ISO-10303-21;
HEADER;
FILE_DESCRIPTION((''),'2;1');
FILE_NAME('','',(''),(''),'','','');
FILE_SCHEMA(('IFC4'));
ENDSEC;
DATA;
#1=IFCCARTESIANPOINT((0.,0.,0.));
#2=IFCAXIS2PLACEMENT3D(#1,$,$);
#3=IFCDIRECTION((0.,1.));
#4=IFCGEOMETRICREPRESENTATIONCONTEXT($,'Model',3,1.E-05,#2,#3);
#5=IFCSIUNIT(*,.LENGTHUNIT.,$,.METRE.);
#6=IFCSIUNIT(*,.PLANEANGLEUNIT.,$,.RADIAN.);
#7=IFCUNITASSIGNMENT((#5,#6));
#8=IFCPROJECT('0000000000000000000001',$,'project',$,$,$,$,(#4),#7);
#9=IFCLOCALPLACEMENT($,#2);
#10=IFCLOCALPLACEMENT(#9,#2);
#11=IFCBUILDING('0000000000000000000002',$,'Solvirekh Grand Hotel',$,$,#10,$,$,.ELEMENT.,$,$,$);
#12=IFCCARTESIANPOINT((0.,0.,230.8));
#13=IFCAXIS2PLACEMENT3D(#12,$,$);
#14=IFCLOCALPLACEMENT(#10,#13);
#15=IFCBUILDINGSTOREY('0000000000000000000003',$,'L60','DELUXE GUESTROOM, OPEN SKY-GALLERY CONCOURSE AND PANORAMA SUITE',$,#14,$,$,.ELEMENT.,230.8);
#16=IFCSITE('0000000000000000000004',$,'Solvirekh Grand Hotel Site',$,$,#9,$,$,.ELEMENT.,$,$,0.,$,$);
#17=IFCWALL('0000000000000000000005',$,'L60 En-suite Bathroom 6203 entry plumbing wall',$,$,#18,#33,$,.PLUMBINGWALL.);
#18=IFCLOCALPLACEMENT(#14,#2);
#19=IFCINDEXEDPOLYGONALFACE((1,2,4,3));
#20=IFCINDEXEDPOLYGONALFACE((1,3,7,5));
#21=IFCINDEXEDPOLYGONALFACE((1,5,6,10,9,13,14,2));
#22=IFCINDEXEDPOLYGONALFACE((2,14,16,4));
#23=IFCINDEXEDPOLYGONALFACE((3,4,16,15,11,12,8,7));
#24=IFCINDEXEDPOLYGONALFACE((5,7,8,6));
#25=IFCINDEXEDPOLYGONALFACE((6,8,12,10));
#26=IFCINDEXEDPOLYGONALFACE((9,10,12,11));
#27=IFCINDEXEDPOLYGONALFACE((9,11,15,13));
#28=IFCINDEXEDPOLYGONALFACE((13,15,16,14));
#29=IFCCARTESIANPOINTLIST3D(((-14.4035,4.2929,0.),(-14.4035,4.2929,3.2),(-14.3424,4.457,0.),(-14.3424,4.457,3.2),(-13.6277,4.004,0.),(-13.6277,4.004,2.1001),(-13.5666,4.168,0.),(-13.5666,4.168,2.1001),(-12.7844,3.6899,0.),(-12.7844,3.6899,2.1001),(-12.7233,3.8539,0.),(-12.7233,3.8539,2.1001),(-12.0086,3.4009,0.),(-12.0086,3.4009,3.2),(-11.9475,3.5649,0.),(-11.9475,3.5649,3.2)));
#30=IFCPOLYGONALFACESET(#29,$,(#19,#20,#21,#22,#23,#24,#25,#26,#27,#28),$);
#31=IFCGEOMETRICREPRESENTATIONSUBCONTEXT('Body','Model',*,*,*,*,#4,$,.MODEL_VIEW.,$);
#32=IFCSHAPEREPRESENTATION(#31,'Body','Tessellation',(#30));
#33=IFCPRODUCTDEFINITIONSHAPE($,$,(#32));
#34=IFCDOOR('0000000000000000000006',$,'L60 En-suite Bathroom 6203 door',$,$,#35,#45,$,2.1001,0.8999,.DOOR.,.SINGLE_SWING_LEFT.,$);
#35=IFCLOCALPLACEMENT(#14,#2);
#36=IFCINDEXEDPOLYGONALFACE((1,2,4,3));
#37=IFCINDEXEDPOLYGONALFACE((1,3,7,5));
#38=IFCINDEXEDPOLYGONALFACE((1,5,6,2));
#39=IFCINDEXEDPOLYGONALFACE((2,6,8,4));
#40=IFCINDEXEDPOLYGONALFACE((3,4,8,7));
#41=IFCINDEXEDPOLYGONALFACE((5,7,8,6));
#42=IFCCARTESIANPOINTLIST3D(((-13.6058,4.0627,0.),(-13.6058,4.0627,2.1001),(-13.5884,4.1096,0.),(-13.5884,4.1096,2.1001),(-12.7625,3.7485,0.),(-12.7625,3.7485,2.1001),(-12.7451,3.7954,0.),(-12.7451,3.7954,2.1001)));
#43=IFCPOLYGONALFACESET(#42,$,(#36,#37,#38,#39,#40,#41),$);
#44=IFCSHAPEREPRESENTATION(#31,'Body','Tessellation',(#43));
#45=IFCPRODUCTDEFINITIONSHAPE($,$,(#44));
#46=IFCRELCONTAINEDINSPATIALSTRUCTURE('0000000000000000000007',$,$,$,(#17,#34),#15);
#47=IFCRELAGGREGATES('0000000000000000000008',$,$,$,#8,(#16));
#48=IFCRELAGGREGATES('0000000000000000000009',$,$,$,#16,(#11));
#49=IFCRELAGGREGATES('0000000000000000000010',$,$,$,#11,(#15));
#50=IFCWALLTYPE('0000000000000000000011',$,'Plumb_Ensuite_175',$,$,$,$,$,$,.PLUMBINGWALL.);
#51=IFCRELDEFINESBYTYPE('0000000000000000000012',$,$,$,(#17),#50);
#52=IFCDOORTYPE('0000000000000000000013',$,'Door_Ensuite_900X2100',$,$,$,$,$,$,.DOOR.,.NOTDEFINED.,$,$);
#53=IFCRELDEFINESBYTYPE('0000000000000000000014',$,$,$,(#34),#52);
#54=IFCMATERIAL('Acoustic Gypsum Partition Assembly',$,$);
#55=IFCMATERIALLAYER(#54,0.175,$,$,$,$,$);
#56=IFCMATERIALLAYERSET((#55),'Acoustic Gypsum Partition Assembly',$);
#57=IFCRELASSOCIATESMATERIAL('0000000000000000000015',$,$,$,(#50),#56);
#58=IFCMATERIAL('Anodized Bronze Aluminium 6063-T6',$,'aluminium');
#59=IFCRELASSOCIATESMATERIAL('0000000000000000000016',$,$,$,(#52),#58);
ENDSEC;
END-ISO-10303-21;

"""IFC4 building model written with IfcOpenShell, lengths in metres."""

from ifc_helpers import new_model, si_unit, direction, frame, frame_2d, origin, place, context, subcontext, project, spatial, rectangle, extrude, material, layer, layer_set, type_object, element, fill, save


model = new_model("IFC4")

# Units and contexts
model_context = context("Model", 3, precision=1e-05, world=origin(), true_north=direction((0.0, 1.0)))
body_context = subcontext(model_context, "Body", "Model", "MODEL_VIEW")
ifc_project = project(units=[si_unit("LENGTHUNIT", "METRE"), si_unit("PLANEANGLEUNIT", "RADIAN")], contexts=[model_context])

# Site, building, storey
site_placement = place(None, origin())
site = spatial("IfcSite", under=ifc_project, at=site_placement, Name="Solvirekh Grand Hotel Site", CompositionType="ELEMENT", RefElevation=0.0)
building_placement = place(site_placement, origin())
building = spatial("IfcBuilding", under=site, at=building_placement, Name="Solvirekh Grand Hotel", CompositionType="ELEMENT")
storey_placement = place(building_placement, frame((0.0, 0.0, 230.8)))
storey = spatial("IfcBuildingStorey", under=building, at=storey_placement, Name="L60", Description="DELUXE GUESTROOM, OPEN SKY-GALLERY CONCOURSE AND PANORAMA SUITE", CompositionType="ELEMENT", Elevation=230.8)

# Shared definitions
ifc_material_1 = material(Name="Anodized Bronze Aluminium 6063-T6", Category="aluminium")

# Shared definitions
ifc_material_2 = material(Name="Acoustic Gypsum Partition Assembly")

# Shared definitions
ifc_layer_1 = layer(ifc_material_2, 0.175)
ifc_layer_set_1 = layer_set([ifc_layer_1], Name="Acoustic Gypsum Partition Assembly")
wall_type_1 = type_object("IfcWallType", Name="Plumb_Ensuite_175", PredefinedType="PLUMBINGWALL", material=ifc_layer_set_1)

# Wall, opening, door
wall_1_placement = place(storey_placement, frame((-11.978, 3.4829, 0.0), z_axis=(0.0, 0.0, 1.0), x_axis=(-0.937104, 0.34905, 0.0)))
wall_1 = element("IfcWall", 1, at=wall_1_placement, inside=storey, type_object=wall_type_1, Name="L60 En-suite Bathroom 6203 entry plumbing wall", PredefinedType="PLUMBINGWALL", context=body_context, shape_type="SweptSolid", body=[
    extrude(rectangle(XDim=2.5557, YDim=0.175, at=frame_2d((1.2778, 0.0))), origin(), (0.0, 0.0, 1.0), 3.2),
])
opening_1_placement = place(wall_1_placement, frame((0.8279, 0.0, 0.0)))
opening_1 = element("IfcOpeningElement", 2, at=opening_1_placement, cuts=wall_1, PredefinedType="OPENING", context=body_context, shape_type="SweptSolid", body=[
    extrude(rectangle(XDim=0.8999, YDim=2.1001, at=frame_2d((0.45, 1.05))), frame((0.0, 0.0977, 0.0), z_axis=(0.0, -1.0, 0.0), x_axis=(1.0, 0.0, 0.0)), (0.0, 0.0, 1.0), 0.1951),
])
door_type_1 = type_object("IfcDoorType", Name="Door_Ensuite_900X2100", OperationType="NOTDEFINED", PredefinedType="DOOR", material=ifc_material_1)
door_1_placement = place(opening_1_placement, origin())
door_1 = element("IfcDoor", 3, at=door_1_placement, inside=storey, type_object=door_type_1, Name="L60 En-suite Bathroom 6203 door", OperationType="SINGLE_SWING_LEFT", OverallHeight=2.1001, OverallWidth=0.8999, PredefinedType="DOOR", context=body_context, shape_type="SweptSolid", body=[
    extrude(rectangle(XDim=0.8999, YDim=2.1001, at=frame_2d((0.45, 1.05))), frame((0.0, 0.0249, 0.0), z_axis=(0.0, -1.0, 0.0), x_axis=(1.0, 0.0, 0.0)), (0.0, 0.0, 1.0), 0.05),
])
fill(opening_1, door_1)

save(model, "model.ifc")
